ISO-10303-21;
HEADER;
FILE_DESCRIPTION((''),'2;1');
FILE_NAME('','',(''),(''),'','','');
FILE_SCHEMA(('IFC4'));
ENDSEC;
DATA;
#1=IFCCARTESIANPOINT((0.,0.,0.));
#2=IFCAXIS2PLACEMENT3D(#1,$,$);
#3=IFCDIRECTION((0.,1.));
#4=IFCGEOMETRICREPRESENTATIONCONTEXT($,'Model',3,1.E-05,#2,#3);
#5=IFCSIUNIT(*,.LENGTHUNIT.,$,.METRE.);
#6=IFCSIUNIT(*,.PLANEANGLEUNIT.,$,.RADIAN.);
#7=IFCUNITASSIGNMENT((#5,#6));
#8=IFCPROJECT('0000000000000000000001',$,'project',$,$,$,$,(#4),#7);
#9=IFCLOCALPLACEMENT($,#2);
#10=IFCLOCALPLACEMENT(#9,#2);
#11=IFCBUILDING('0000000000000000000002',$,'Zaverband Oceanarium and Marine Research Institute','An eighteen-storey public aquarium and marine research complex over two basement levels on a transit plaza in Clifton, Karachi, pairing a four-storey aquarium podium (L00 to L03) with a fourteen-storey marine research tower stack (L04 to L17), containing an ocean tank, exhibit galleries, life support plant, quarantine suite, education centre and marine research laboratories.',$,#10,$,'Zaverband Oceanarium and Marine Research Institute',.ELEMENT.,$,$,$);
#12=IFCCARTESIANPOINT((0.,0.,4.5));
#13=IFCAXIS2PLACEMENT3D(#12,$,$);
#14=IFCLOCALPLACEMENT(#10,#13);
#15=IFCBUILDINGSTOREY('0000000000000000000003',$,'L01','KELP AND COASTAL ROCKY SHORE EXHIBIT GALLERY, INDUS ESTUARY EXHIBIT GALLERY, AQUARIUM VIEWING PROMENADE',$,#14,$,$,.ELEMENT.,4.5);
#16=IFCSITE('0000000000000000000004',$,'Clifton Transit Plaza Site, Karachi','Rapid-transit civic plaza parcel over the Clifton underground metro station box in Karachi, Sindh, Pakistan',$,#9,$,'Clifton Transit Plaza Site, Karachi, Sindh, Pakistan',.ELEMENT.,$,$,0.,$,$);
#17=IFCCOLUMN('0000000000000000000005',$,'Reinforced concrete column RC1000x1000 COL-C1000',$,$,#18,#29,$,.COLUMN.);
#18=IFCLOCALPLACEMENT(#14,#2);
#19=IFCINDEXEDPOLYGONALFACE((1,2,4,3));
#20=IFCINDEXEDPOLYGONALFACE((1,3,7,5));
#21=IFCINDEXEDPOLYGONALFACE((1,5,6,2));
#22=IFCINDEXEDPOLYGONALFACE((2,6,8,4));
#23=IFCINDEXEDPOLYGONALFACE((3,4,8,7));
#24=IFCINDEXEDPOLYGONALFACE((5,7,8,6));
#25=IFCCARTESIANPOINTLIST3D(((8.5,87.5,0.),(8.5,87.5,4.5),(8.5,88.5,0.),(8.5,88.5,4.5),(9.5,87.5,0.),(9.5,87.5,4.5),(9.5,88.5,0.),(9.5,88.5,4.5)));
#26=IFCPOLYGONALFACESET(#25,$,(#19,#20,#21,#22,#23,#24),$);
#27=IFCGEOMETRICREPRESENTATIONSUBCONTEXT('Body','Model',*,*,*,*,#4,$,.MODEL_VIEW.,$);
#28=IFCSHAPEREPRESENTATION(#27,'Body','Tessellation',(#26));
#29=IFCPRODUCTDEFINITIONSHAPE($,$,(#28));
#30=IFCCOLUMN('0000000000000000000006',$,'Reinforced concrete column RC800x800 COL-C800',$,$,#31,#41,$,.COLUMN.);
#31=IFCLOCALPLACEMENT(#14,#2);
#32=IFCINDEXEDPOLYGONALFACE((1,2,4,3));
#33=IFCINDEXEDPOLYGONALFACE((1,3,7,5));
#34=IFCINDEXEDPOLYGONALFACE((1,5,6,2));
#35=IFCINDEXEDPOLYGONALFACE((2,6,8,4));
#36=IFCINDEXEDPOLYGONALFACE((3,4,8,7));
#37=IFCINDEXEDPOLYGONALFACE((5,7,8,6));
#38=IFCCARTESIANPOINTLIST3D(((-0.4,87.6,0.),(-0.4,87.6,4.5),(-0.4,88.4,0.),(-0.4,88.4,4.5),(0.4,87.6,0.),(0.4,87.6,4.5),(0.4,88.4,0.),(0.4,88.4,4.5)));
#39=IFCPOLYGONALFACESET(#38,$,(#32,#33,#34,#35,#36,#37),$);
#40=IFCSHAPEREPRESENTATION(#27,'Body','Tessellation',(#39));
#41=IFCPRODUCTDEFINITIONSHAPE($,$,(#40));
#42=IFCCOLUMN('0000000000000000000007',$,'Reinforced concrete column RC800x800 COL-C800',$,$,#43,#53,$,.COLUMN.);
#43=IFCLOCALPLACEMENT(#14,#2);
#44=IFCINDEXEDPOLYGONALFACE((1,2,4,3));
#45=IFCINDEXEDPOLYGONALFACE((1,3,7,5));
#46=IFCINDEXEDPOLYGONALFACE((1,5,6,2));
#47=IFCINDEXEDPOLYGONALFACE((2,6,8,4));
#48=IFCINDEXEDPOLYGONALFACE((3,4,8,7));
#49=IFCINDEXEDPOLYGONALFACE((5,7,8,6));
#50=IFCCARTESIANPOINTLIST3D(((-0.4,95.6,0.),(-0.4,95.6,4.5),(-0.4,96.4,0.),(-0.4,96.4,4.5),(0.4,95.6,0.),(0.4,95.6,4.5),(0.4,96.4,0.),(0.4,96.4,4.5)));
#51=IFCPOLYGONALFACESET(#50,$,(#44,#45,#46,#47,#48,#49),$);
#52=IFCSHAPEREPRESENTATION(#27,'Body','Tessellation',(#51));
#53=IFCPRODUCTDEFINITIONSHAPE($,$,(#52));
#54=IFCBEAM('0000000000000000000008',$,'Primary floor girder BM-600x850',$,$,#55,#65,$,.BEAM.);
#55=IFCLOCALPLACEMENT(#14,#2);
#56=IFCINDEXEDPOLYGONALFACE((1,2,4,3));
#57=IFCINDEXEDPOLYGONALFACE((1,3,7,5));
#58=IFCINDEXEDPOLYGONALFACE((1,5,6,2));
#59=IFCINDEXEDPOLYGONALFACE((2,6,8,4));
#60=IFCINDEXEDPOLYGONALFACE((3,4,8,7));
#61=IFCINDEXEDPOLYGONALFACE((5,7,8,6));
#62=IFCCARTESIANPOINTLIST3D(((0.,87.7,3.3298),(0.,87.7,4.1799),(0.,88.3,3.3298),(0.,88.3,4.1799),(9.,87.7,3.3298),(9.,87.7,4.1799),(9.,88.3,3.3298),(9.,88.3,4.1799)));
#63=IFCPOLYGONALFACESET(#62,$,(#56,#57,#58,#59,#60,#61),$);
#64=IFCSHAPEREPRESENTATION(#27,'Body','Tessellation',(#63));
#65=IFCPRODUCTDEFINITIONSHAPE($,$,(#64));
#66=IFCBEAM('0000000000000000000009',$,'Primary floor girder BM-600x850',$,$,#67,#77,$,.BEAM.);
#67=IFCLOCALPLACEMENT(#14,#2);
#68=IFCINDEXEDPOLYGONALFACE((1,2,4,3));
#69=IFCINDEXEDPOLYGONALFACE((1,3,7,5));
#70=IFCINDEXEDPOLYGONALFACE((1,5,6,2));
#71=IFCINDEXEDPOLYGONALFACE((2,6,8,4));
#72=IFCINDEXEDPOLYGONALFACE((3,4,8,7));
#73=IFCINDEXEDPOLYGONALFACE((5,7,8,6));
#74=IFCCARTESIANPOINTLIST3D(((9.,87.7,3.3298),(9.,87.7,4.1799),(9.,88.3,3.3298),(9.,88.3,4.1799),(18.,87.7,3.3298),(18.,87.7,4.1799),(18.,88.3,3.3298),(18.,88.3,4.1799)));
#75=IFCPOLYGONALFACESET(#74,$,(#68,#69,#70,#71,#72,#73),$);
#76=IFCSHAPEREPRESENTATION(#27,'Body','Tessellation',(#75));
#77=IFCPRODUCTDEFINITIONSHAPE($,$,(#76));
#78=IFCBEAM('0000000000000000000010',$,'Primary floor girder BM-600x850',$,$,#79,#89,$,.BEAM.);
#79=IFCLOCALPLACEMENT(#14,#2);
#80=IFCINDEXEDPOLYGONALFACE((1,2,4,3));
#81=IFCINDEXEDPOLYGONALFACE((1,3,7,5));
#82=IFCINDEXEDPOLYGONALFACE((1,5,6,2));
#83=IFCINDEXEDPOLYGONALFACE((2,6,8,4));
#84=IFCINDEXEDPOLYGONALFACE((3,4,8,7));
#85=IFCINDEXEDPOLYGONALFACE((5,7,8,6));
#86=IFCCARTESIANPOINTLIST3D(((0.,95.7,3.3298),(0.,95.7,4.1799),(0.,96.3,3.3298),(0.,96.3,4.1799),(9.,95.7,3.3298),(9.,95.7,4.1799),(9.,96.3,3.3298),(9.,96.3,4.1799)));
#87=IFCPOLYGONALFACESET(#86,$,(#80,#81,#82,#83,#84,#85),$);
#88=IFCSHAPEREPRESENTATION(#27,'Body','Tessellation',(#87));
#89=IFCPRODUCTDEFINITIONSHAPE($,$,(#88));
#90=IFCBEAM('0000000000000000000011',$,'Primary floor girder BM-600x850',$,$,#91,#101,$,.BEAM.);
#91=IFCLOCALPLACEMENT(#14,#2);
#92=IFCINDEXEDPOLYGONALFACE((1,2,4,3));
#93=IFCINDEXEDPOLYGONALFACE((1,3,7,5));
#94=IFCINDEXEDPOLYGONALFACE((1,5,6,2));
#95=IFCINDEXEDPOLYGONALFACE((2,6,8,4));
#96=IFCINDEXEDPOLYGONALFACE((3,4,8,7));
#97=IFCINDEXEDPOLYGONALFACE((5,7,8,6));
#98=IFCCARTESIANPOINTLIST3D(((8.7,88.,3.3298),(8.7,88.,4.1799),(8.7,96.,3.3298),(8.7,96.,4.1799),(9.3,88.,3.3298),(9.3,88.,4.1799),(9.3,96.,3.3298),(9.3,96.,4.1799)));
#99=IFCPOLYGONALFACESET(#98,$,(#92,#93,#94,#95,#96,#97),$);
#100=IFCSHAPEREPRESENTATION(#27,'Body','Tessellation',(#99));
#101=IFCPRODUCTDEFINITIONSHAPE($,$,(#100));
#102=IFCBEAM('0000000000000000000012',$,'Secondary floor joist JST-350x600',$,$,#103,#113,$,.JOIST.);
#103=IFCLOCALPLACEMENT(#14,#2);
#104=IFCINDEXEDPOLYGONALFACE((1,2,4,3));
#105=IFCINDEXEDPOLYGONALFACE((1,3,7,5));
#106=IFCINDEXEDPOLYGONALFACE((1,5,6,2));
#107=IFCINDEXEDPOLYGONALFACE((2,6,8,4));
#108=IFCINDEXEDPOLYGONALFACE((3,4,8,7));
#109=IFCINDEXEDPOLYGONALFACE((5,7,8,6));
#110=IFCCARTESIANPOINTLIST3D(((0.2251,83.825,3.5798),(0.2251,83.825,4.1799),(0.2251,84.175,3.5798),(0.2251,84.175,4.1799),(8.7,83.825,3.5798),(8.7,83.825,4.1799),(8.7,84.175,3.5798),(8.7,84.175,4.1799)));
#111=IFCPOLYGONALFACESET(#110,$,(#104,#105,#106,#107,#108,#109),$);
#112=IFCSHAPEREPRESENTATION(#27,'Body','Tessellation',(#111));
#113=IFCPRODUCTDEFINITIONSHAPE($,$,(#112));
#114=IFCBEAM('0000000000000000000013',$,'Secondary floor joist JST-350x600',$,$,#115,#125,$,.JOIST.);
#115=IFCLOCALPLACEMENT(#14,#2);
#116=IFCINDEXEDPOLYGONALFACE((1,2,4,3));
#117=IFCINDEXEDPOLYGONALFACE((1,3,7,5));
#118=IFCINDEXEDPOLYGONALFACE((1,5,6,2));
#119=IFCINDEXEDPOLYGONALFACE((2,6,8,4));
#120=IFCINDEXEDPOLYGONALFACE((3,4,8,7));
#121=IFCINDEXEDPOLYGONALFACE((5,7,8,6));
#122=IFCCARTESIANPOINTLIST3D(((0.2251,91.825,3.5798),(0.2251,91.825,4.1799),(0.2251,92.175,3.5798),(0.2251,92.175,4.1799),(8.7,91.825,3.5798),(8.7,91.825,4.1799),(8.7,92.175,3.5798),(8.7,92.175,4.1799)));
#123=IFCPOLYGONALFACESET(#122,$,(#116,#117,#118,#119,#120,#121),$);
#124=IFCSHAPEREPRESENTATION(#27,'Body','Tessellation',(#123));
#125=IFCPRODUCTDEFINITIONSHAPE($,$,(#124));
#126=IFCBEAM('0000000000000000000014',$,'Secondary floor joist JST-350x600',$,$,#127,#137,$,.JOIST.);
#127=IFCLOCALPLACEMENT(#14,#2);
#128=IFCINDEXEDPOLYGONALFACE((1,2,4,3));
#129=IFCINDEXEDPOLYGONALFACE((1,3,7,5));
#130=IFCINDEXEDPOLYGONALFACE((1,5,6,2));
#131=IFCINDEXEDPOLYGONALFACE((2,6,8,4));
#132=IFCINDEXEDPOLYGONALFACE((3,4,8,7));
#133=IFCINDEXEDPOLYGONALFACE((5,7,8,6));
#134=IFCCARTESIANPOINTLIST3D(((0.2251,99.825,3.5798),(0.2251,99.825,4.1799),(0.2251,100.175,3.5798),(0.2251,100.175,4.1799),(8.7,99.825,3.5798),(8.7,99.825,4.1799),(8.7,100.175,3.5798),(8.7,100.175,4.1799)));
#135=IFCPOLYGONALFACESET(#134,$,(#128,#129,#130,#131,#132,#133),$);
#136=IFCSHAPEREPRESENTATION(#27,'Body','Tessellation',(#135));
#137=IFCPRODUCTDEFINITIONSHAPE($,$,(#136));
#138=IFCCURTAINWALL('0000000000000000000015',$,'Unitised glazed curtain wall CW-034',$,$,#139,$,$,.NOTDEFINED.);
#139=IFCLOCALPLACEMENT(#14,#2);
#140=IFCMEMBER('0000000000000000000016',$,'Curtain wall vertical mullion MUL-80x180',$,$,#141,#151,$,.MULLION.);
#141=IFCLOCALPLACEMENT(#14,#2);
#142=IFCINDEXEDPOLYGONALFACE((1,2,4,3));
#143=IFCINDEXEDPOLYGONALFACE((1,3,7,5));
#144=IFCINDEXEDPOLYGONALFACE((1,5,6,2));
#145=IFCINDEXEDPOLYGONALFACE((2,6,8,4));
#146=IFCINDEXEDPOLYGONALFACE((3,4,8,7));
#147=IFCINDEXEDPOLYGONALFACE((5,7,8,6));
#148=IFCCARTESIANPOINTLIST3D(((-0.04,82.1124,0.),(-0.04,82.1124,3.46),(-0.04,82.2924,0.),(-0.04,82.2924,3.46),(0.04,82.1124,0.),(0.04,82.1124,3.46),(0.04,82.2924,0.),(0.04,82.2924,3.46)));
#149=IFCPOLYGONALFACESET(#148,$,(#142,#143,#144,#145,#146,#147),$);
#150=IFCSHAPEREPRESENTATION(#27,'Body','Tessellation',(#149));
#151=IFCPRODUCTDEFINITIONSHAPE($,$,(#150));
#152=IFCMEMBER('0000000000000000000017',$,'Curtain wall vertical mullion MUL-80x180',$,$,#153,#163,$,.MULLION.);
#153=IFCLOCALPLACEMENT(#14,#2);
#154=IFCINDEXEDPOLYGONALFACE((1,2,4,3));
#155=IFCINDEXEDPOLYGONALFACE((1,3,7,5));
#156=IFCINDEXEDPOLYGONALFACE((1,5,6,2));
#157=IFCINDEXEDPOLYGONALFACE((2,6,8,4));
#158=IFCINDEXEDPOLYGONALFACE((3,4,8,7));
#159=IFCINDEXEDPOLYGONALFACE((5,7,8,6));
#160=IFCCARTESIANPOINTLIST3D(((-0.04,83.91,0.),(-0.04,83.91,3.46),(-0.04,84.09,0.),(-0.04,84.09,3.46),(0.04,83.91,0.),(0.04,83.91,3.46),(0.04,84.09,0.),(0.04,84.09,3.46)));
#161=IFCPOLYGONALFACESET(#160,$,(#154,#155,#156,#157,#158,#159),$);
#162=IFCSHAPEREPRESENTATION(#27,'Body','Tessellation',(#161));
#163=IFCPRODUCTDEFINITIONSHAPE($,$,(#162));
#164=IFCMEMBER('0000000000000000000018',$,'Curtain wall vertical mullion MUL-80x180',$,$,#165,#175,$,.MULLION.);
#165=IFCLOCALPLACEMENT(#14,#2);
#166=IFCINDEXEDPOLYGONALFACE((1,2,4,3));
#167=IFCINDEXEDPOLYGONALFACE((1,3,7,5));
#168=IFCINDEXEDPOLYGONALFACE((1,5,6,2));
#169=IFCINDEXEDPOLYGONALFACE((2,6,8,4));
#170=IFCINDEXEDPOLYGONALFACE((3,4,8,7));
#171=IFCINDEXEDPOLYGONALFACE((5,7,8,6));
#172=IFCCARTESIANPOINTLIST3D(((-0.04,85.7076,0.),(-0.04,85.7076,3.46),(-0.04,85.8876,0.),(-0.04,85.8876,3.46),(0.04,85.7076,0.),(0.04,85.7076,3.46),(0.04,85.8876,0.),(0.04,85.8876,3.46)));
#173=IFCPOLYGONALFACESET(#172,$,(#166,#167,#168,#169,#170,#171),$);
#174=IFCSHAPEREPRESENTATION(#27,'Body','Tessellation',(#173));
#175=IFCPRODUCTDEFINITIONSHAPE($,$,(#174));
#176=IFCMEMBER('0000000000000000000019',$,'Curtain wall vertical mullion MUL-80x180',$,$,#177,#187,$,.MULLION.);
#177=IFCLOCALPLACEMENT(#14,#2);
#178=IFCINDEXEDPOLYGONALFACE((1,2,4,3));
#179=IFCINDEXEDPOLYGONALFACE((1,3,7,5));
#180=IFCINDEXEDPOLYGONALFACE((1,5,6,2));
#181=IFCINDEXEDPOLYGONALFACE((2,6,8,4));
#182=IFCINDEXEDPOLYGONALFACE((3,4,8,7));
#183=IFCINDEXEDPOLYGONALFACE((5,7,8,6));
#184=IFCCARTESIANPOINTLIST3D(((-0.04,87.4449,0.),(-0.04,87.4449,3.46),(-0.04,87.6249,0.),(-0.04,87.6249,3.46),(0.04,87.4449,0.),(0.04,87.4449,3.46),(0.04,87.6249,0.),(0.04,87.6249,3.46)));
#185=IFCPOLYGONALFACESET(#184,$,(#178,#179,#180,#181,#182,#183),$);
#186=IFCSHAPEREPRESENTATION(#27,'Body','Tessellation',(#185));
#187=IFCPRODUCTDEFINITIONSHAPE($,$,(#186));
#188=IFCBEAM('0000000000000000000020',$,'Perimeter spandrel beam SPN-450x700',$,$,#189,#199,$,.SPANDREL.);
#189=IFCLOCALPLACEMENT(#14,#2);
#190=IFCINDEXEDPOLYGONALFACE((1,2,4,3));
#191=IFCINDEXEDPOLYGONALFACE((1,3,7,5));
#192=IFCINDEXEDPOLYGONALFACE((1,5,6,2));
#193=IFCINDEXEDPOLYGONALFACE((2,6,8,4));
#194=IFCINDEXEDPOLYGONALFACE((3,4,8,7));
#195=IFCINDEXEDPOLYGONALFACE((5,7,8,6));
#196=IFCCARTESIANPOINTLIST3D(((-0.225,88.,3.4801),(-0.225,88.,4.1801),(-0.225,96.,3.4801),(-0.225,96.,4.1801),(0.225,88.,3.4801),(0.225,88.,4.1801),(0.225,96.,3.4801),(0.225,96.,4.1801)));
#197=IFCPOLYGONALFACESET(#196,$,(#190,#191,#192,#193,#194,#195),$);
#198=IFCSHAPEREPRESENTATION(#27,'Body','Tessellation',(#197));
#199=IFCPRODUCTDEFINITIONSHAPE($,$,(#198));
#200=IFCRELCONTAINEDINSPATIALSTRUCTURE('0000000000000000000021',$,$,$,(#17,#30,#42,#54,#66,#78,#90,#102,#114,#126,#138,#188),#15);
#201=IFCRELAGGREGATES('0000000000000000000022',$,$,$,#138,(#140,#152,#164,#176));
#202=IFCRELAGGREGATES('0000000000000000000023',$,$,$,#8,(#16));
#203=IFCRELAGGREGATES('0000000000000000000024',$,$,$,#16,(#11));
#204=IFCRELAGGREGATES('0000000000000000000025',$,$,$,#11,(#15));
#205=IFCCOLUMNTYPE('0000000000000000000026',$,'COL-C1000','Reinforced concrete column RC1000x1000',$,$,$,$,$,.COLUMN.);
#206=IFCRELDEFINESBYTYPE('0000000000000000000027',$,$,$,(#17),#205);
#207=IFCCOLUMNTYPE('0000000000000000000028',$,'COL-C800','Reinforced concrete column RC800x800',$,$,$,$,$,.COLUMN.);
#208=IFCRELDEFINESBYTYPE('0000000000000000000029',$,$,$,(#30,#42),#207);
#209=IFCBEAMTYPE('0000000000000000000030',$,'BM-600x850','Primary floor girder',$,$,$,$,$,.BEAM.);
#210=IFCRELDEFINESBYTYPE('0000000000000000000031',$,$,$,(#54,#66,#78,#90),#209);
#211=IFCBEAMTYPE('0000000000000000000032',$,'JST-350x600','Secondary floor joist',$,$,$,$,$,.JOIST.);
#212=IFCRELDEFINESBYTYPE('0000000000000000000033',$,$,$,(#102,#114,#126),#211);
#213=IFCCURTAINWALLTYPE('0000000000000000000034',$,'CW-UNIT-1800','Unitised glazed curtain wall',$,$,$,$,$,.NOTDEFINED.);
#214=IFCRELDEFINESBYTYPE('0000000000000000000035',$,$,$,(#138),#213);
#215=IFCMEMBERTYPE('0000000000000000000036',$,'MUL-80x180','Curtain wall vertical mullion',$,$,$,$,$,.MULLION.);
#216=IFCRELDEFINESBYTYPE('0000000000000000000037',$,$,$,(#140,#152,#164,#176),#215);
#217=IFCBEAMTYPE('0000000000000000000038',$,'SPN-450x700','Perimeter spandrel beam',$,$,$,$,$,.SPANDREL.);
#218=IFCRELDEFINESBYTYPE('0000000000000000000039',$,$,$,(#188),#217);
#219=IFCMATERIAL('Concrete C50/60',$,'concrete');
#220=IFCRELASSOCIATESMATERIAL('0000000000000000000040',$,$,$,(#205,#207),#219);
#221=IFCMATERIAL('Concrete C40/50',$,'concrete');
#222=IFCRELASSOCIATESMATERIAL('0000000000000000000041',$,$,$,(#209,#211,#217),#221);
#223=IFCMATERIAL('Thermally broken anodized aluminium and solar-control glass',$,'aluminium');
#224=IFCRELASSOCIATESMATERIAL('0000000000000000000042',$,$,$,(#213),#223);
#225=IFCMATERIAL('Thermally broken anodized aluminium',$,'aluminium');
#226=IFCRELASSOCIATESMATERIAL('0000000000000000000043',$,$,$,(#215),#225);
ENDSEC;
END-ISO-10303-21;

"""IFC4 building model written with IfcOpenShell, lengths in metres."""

from ifc_helpers import new_model, si_unit, direction, frame, origin, origin_2d, place, context, subcontext, project, spatial, rectangle, extrude, material, material_profile, profile_set, type_object, element, aggregate, save


model = new_model("IFC4")

# Units and contexts
model_context = context("Model", 3, precision=1e-05, world=origin(), true_north=direction((0.0, 1.0)))
body_context = subcontext(model_context, "Body", "Model", "MODEL_VIEW")
ifc_project = project(units=[si_unit("LENGTHUNIT", "METRE"), si_unit("PLANEANGLEUNIT", "RADIAN")], contexts=[model_context])

# Site, building, storey
site_placement = place(None, origin())
site = spatial("IfcSite", under=ifc_project, at=site_placement, Name="Clifton Transit Plaza Site, Karachi", Description="Rapid-transit civic plaza parcel over the Clifton underground metro station box in Karachi, Sindh, Pakistan", LongName="Clifton Transit Plaza Site, Karachi, Sindh, Pakistan", CompositionType="ELEMENT", RefElevation=0.0)
building_placement = place(site_placement, origin())
building = spatial("IfcBuilding", under=site, at=building_placement, Name="Zaverband Oceanarium and Marine Research Institute", Description="An eighteen-storey public aquarium and marine research complex over two basement levels on a transit plaza in Clifton, Karachi, pairing a four-storey aquarium podium (L00 to L03) with a fourteen-storey marine research tower stack (L04 to L17), containing an ocean tank, exhibit galleries, life support plant, quarantine suite, education centre and marine research laboratories.", LongName="Zaverband Oceanarium and Marine Research Institute", CompositionType="ELEMENT")
storey_placement = place(building_placement, frame((0.0, 0.0, 4.5)))
storey = spatial("IfcBuildingStorey", under=building, at=storey_placement, Name="L01", Description="KELP AND COASTAL ROCKY SHORE EXHIBIT GALLERY, INDUS ESTUARY EXHIBIT GALLERY, AQUARIUM VIEWING PROMENADE", CompositionType="ELEMENT", Elevation=4.5)

# Columns
ifc_material_1 = material(Name="Concrete C50/60", Category="concrete")
ifc_material_profile_1 = material_profile(ifc_material_1, rectangle(XDim=1.0, YDim=1.0, at=origin_2d()), Name="RC1000x1000")
ifc_profile_set_1 = profile_set([ifc_material_profile_1], Name="Concrete C50/60")
column_type_1 = type_object("IfcColumnType", Name="COL-C1000", Description="Reinforced concrete column RC1000x1000", PredefinedType="COLUMN", material=ifc_profile_set_1)
column_placement = place(storey_placement, frame((9.0, 88.0, 0.0), z_axis=(0.0, 0.0, 1.0), x_axis=(1.0, 0.0, 0.0)))
element("IfcColumn", 1, at=column_placement, inside=storey, type_object=column_type_1, Name="Reinforced concrete column RC1000x1000 COL-C1000", PredefinedType="COLUMN", context=body_context, shape_type="SweptSolid", body=[
    extrude(rectangle(XDim=1.0, YDim=1.0, at=origin_2d()), origin(), (0.0, 0.0, 1.0), 4.5),
])
ifc_material_profile_2 = material_profile(ifc_material_1, rectangle(XDim=0.8, YDim=0.8, at=origin_2d()), Name="RC800x800")
ifc_profile_set_2 = profile_set([ifc_material_profile_2], Name="Concrete C50/60")
column_type_2 = type_object("IfcColumnType", Name="COL-C800", Description="Reinforced concrete column RC800x800", PredefinedType="COLUMN", material=ifc_profile_set_2)
for number, where, z_axis, x_axis, name in (
    (2, (0.0, 88.0, 0.0), (0.0, 0.0, 1.0), (1.0, 0.0, 0.0), "Reinforced concrete column RC800x800 COL-C800"),
    (3, (0.0, 96.0, 0.0), (0.0, 0.0, 1.0), (1.0, 0.0, 0.0), "Reinforced concrete column RC800x800 COL-C800"),
):
    element("IfcColumn", number, at=place(storey_placement, frame(where, z_axis=z_axis, x_axis=x_axis)), inside=storey, type_object=column_type_2, Name=name, PredefinedType="COLUMN", context=body_context, shape_type="SweptSolid", body=[
        extrude(rectangle(XDim=0.8, YDim=0.8, at=origin_2d()), origin(), (0.0, 0.0, 1.0), 4.5),
    ])

# Beams
ifc_material_2 = material(Name="Concrete C40/50", Category="concrete")
ifc_material_profile_3 = material_profile(ifc_material_2, rectangle(XDim=0.6001, YDim=0.8501, at=origin_2d()), Name="RC600x850")
ifc_profile_set_3 = profile_set([ifc_material_profile_3], Name="Concrete C40/50")
beam_type_1 = type_object("IfcBeamType", Name="BM-600x850", Description="Primary floor girder", PredefinedType="BEAM", material=ifc_profile_set_3)
for number, where, z_axis, x_axis, name in (
    (4, (0.0, 88.0, 3.7549), (1.0, 0.0, 0.0), (0.0, 1.0, 0.0), "Primary floor girder BM-600x850"),
    (5, (9.0, 88.0, 3.7549), (1.0, 0.0, 0.0), (0.0, 1.0, 0.0), "Primary floor girder BM-600x850"),
    (6, (0.0, 96.0, 3.7549), (1.0, 0.0, 0.0), (0.0, 1.0, 0.0), "Primary floor girder BM-600x850"),
):
    element("IfcBeam", number, at=place(storey_placement, frame(where, z_axis=z_axis, x_axis=x_axis)), inside=storey, type_object=beam_type_1, Name=name, PredefinedType="BEAM", context=body_context, shape_type="SweptSolid", body=[
        extrude(rectangle(XDim=0.6001, YDim=0.8501, at=origin_2d()), origin(), (0.0, 0.0, 1.0), 9.0),
    ])
beam_placement = place(storey_placement, frame((9.0, 88.0, 3.7549), z_axis=(0.0, 1.0, 0.0), x_axis=(-1.0, 0.0, 0.0)))
element("IfcBeam", 7, at=beam_placement, inside=storey, type_object=beam_type_1, Name="Primary floor girder BM-600x850", PredefinedType="BEAM", context=body_context, shape_type="SweptSolid", body=[
    extrude(rectangle(XDim=0.6001, YDim=0.8501, at=origin_2d()), origin(), (0.0, 0.0, 1.0), 8.0),
])
ifc_material_profile_4 = material_profile(ifc_material_2, rectangle(XDim=0.3501, YDim=0.6001, at=origin_2d()), Name="RC350x600")
ifc_profile_set_4 = profile_set([ifc_material_profile_4], Name="Concrete C40/50")
beam_type_2 = type_object("IfcBeamType", Name="JST-350x600", Description="Secondary floor joist", PredefinedType="JOIST", material=ifc_profile_set_4)
for number, where, z_axis, x_axis, name in (
    (8, (0.2251, 84.0, 3.8799), (1.0, 0.0, 0.0), (0.0, 1.0, 0.0), "Secondary floor joist JST-350x600"),
    (9, (0.2251, 92.0, 3.8799), (1.0, 0.0, 0.0), (0.0, 1.0, 0.0), "Secondary floor joist JST-350x600"),
    (10, (0.2251, 100.0, 3.8799), (1.0, 0.0, 0.0), (0.0, 1.0, 0.0), "Secondary floor joist JST-350x600"),
):
    element("IfcBeam", number, at=place(storey_placement, frame(where, z_axis=z_axis, x_axis=x_axis)), inside=storey, type_object=beam_type_2, Name=name, PredefinedType="JOIST", context=body_context, shape_type="SweptSolid", body=[
        extrude(rectangle(XDim=0.3501, YDim=0.6001, at=origin_2d()), origin(), (0.0, 0.0, 1.0), 8.4749),
    ])

# Curtain wall, members
ifc_material_3 = material(Name="Thermally broken anodized aluminium and solar-control glass", Category="aluminium")
curtain_wall_type = type_object("IfcCurtainWallType", Name="CW-UNIT-1800", Description="Unitised glazed curtain wall", PredefinedType="NOTDEFINED", material=ifc_material_3)
curtain_wall_placement = place(storey_placement, origin())
curtain_wall = element("IfcCurtainWall", 11, at=curtain_wall_placement, inside=storey, type_object=curtain_wall_type, Name="Unitised glazed curtain wall CW-034", PredefinedType="NOTDEFINED")
ifc_material_4 = material(Name="Thermally broken anodized aluminium", Category="aluminium")
ifc_material_profile_5 = material_profile(ifc_material_4, rectangle(XDim=0.0801, YDim=0.1799, at=origin_2d()), Name="AL-MUL-80x180")
ifc_profile_set_5 = profile_set([ifc_material_profile_5], Name="Thermally broken anodized aluminium")
member_type = type_object("IfcMemberType", Name="MUL-80x180", Description="Curtain wall vertical mullion", PredefinedType="MULLION", material=ifc_profile_set_5)
member_1_placement = place(storey_placement, frame((0.0, 82.2024, 0.0), z_axis=(0.0, 0.0, 1.0), x_axis=(1.0, 0.0, 0.0)))
member_1 = element("IfcMember", 12, at=member_1_placement, type_object=member_type, Name="Curtain wall vertical mullion MUL-80x180", PredefinedType="MULLION", context=body_context, shape_type="SweptSolid", body=[
    extrude(rectangle(XDim=0.0801, YDim=0.1799, at=origin_2d()), origin(), (0.0, 0.0, 1.0), 3.46),
])
member_2_placement = place(storey_placement, frame((0.0, 84.0, 0.0), z_axis=(0.0, 0.0, 1.0), x_axis=(1.0, 0.0, 0.0)))
member_2 = element("IfcMember", 13, at=member_2_placement, type_object=member_type, Name="Curtain wall vertical mullion MUL-80x180", PredefinedType="MULLION", context=body_context, shape_type="SweptSolid", body=[
    extrude(rectangle(XDim=0.0801, YDim=0.1799, at=origin_2d()), origin(), (0.0, 0.0, 1.0), 3.46),
])
member_3_placement = place(storey_placement, frame((0.0, 85.7976, 0.0), z_axis=(0.0, 0.0, 1.0), x_axis=(1.0, 0.0, 0.0)))
member_3 = element("IfcMember", 14, at=member_3_placement, type_object=member_type, Name="Curtain wall vertical mullion MUL-80x180", PredefinedType="MULLION", context=body_context, shape_type="SweptSolid", body=[
    extrude(rectangle(XDim=0.0801, YDim=0.1799, at=origin_2d()), origin(), (0.0, 0.0, 1.0), 3.46),
])
member_4_placement = place(storey_placement, frame((0.0, 87.5349, 0.0), z_axis=(0.0, 0.0, 1.0), x_axis=(1.0, 0.0, 0.0)))
member_4 = element("IfcMember", 15, at=member_4_placement, type_object=member_type, Name="Curtain wall vertical mullion MUL-80x180", PredefinedType="MULLION", context=body_context, shape_type="SweptSolid", body=[
    extrude(rectangle(XDim=0.0801, YDim=0.1799, at=origin_2d()), origin(), (0.0, 0.0, 1.0), 3.46),
])

# Beam
ifc_material_profile_6 = material_profile(ifc_material_2, rectangle(XDim=0.45, YDim=0.7, at=origin_2d()), Name="RC450x700")
ifc_profile_set_6 = profile_set([ifc_material_profile_6], Name="Concrete C40/50")
beam_type_3 = type_object("IfcBeamType", Name="SPN-450x700", Description="Perimeter spandrel beam", PredefinedType="SPANDREL", material=ifc_profile_set_6)
for number, where, z_axis, x_axis, name in (
    (16, (0.0, 88.0, 3.8301), (0.0, 1.0, 0.0), (-1.0, 0.0, 0.0), "Perimeter spandrel beam SPN-450x700"),
):
    element("IfcBeam", number, at=place(storey_placement, frame(where, z_axis=z_axis, x_axis=x_axis)), inside=storey, type_object=beam_type_3, Name=name, PredefinedType="SPANDREL", context=body_context, shape_type="SweptSolid", body=[
        extrude(rectangle(XDim=0.45, YDim=0.7, at=origin_2d()), origin(), (0.0, 0.0, 1.0), 8.0),
    ])

aggregate(curtain_wall, [member_1, member_2, member_3, member_4])

save(model, "model.ifc")
